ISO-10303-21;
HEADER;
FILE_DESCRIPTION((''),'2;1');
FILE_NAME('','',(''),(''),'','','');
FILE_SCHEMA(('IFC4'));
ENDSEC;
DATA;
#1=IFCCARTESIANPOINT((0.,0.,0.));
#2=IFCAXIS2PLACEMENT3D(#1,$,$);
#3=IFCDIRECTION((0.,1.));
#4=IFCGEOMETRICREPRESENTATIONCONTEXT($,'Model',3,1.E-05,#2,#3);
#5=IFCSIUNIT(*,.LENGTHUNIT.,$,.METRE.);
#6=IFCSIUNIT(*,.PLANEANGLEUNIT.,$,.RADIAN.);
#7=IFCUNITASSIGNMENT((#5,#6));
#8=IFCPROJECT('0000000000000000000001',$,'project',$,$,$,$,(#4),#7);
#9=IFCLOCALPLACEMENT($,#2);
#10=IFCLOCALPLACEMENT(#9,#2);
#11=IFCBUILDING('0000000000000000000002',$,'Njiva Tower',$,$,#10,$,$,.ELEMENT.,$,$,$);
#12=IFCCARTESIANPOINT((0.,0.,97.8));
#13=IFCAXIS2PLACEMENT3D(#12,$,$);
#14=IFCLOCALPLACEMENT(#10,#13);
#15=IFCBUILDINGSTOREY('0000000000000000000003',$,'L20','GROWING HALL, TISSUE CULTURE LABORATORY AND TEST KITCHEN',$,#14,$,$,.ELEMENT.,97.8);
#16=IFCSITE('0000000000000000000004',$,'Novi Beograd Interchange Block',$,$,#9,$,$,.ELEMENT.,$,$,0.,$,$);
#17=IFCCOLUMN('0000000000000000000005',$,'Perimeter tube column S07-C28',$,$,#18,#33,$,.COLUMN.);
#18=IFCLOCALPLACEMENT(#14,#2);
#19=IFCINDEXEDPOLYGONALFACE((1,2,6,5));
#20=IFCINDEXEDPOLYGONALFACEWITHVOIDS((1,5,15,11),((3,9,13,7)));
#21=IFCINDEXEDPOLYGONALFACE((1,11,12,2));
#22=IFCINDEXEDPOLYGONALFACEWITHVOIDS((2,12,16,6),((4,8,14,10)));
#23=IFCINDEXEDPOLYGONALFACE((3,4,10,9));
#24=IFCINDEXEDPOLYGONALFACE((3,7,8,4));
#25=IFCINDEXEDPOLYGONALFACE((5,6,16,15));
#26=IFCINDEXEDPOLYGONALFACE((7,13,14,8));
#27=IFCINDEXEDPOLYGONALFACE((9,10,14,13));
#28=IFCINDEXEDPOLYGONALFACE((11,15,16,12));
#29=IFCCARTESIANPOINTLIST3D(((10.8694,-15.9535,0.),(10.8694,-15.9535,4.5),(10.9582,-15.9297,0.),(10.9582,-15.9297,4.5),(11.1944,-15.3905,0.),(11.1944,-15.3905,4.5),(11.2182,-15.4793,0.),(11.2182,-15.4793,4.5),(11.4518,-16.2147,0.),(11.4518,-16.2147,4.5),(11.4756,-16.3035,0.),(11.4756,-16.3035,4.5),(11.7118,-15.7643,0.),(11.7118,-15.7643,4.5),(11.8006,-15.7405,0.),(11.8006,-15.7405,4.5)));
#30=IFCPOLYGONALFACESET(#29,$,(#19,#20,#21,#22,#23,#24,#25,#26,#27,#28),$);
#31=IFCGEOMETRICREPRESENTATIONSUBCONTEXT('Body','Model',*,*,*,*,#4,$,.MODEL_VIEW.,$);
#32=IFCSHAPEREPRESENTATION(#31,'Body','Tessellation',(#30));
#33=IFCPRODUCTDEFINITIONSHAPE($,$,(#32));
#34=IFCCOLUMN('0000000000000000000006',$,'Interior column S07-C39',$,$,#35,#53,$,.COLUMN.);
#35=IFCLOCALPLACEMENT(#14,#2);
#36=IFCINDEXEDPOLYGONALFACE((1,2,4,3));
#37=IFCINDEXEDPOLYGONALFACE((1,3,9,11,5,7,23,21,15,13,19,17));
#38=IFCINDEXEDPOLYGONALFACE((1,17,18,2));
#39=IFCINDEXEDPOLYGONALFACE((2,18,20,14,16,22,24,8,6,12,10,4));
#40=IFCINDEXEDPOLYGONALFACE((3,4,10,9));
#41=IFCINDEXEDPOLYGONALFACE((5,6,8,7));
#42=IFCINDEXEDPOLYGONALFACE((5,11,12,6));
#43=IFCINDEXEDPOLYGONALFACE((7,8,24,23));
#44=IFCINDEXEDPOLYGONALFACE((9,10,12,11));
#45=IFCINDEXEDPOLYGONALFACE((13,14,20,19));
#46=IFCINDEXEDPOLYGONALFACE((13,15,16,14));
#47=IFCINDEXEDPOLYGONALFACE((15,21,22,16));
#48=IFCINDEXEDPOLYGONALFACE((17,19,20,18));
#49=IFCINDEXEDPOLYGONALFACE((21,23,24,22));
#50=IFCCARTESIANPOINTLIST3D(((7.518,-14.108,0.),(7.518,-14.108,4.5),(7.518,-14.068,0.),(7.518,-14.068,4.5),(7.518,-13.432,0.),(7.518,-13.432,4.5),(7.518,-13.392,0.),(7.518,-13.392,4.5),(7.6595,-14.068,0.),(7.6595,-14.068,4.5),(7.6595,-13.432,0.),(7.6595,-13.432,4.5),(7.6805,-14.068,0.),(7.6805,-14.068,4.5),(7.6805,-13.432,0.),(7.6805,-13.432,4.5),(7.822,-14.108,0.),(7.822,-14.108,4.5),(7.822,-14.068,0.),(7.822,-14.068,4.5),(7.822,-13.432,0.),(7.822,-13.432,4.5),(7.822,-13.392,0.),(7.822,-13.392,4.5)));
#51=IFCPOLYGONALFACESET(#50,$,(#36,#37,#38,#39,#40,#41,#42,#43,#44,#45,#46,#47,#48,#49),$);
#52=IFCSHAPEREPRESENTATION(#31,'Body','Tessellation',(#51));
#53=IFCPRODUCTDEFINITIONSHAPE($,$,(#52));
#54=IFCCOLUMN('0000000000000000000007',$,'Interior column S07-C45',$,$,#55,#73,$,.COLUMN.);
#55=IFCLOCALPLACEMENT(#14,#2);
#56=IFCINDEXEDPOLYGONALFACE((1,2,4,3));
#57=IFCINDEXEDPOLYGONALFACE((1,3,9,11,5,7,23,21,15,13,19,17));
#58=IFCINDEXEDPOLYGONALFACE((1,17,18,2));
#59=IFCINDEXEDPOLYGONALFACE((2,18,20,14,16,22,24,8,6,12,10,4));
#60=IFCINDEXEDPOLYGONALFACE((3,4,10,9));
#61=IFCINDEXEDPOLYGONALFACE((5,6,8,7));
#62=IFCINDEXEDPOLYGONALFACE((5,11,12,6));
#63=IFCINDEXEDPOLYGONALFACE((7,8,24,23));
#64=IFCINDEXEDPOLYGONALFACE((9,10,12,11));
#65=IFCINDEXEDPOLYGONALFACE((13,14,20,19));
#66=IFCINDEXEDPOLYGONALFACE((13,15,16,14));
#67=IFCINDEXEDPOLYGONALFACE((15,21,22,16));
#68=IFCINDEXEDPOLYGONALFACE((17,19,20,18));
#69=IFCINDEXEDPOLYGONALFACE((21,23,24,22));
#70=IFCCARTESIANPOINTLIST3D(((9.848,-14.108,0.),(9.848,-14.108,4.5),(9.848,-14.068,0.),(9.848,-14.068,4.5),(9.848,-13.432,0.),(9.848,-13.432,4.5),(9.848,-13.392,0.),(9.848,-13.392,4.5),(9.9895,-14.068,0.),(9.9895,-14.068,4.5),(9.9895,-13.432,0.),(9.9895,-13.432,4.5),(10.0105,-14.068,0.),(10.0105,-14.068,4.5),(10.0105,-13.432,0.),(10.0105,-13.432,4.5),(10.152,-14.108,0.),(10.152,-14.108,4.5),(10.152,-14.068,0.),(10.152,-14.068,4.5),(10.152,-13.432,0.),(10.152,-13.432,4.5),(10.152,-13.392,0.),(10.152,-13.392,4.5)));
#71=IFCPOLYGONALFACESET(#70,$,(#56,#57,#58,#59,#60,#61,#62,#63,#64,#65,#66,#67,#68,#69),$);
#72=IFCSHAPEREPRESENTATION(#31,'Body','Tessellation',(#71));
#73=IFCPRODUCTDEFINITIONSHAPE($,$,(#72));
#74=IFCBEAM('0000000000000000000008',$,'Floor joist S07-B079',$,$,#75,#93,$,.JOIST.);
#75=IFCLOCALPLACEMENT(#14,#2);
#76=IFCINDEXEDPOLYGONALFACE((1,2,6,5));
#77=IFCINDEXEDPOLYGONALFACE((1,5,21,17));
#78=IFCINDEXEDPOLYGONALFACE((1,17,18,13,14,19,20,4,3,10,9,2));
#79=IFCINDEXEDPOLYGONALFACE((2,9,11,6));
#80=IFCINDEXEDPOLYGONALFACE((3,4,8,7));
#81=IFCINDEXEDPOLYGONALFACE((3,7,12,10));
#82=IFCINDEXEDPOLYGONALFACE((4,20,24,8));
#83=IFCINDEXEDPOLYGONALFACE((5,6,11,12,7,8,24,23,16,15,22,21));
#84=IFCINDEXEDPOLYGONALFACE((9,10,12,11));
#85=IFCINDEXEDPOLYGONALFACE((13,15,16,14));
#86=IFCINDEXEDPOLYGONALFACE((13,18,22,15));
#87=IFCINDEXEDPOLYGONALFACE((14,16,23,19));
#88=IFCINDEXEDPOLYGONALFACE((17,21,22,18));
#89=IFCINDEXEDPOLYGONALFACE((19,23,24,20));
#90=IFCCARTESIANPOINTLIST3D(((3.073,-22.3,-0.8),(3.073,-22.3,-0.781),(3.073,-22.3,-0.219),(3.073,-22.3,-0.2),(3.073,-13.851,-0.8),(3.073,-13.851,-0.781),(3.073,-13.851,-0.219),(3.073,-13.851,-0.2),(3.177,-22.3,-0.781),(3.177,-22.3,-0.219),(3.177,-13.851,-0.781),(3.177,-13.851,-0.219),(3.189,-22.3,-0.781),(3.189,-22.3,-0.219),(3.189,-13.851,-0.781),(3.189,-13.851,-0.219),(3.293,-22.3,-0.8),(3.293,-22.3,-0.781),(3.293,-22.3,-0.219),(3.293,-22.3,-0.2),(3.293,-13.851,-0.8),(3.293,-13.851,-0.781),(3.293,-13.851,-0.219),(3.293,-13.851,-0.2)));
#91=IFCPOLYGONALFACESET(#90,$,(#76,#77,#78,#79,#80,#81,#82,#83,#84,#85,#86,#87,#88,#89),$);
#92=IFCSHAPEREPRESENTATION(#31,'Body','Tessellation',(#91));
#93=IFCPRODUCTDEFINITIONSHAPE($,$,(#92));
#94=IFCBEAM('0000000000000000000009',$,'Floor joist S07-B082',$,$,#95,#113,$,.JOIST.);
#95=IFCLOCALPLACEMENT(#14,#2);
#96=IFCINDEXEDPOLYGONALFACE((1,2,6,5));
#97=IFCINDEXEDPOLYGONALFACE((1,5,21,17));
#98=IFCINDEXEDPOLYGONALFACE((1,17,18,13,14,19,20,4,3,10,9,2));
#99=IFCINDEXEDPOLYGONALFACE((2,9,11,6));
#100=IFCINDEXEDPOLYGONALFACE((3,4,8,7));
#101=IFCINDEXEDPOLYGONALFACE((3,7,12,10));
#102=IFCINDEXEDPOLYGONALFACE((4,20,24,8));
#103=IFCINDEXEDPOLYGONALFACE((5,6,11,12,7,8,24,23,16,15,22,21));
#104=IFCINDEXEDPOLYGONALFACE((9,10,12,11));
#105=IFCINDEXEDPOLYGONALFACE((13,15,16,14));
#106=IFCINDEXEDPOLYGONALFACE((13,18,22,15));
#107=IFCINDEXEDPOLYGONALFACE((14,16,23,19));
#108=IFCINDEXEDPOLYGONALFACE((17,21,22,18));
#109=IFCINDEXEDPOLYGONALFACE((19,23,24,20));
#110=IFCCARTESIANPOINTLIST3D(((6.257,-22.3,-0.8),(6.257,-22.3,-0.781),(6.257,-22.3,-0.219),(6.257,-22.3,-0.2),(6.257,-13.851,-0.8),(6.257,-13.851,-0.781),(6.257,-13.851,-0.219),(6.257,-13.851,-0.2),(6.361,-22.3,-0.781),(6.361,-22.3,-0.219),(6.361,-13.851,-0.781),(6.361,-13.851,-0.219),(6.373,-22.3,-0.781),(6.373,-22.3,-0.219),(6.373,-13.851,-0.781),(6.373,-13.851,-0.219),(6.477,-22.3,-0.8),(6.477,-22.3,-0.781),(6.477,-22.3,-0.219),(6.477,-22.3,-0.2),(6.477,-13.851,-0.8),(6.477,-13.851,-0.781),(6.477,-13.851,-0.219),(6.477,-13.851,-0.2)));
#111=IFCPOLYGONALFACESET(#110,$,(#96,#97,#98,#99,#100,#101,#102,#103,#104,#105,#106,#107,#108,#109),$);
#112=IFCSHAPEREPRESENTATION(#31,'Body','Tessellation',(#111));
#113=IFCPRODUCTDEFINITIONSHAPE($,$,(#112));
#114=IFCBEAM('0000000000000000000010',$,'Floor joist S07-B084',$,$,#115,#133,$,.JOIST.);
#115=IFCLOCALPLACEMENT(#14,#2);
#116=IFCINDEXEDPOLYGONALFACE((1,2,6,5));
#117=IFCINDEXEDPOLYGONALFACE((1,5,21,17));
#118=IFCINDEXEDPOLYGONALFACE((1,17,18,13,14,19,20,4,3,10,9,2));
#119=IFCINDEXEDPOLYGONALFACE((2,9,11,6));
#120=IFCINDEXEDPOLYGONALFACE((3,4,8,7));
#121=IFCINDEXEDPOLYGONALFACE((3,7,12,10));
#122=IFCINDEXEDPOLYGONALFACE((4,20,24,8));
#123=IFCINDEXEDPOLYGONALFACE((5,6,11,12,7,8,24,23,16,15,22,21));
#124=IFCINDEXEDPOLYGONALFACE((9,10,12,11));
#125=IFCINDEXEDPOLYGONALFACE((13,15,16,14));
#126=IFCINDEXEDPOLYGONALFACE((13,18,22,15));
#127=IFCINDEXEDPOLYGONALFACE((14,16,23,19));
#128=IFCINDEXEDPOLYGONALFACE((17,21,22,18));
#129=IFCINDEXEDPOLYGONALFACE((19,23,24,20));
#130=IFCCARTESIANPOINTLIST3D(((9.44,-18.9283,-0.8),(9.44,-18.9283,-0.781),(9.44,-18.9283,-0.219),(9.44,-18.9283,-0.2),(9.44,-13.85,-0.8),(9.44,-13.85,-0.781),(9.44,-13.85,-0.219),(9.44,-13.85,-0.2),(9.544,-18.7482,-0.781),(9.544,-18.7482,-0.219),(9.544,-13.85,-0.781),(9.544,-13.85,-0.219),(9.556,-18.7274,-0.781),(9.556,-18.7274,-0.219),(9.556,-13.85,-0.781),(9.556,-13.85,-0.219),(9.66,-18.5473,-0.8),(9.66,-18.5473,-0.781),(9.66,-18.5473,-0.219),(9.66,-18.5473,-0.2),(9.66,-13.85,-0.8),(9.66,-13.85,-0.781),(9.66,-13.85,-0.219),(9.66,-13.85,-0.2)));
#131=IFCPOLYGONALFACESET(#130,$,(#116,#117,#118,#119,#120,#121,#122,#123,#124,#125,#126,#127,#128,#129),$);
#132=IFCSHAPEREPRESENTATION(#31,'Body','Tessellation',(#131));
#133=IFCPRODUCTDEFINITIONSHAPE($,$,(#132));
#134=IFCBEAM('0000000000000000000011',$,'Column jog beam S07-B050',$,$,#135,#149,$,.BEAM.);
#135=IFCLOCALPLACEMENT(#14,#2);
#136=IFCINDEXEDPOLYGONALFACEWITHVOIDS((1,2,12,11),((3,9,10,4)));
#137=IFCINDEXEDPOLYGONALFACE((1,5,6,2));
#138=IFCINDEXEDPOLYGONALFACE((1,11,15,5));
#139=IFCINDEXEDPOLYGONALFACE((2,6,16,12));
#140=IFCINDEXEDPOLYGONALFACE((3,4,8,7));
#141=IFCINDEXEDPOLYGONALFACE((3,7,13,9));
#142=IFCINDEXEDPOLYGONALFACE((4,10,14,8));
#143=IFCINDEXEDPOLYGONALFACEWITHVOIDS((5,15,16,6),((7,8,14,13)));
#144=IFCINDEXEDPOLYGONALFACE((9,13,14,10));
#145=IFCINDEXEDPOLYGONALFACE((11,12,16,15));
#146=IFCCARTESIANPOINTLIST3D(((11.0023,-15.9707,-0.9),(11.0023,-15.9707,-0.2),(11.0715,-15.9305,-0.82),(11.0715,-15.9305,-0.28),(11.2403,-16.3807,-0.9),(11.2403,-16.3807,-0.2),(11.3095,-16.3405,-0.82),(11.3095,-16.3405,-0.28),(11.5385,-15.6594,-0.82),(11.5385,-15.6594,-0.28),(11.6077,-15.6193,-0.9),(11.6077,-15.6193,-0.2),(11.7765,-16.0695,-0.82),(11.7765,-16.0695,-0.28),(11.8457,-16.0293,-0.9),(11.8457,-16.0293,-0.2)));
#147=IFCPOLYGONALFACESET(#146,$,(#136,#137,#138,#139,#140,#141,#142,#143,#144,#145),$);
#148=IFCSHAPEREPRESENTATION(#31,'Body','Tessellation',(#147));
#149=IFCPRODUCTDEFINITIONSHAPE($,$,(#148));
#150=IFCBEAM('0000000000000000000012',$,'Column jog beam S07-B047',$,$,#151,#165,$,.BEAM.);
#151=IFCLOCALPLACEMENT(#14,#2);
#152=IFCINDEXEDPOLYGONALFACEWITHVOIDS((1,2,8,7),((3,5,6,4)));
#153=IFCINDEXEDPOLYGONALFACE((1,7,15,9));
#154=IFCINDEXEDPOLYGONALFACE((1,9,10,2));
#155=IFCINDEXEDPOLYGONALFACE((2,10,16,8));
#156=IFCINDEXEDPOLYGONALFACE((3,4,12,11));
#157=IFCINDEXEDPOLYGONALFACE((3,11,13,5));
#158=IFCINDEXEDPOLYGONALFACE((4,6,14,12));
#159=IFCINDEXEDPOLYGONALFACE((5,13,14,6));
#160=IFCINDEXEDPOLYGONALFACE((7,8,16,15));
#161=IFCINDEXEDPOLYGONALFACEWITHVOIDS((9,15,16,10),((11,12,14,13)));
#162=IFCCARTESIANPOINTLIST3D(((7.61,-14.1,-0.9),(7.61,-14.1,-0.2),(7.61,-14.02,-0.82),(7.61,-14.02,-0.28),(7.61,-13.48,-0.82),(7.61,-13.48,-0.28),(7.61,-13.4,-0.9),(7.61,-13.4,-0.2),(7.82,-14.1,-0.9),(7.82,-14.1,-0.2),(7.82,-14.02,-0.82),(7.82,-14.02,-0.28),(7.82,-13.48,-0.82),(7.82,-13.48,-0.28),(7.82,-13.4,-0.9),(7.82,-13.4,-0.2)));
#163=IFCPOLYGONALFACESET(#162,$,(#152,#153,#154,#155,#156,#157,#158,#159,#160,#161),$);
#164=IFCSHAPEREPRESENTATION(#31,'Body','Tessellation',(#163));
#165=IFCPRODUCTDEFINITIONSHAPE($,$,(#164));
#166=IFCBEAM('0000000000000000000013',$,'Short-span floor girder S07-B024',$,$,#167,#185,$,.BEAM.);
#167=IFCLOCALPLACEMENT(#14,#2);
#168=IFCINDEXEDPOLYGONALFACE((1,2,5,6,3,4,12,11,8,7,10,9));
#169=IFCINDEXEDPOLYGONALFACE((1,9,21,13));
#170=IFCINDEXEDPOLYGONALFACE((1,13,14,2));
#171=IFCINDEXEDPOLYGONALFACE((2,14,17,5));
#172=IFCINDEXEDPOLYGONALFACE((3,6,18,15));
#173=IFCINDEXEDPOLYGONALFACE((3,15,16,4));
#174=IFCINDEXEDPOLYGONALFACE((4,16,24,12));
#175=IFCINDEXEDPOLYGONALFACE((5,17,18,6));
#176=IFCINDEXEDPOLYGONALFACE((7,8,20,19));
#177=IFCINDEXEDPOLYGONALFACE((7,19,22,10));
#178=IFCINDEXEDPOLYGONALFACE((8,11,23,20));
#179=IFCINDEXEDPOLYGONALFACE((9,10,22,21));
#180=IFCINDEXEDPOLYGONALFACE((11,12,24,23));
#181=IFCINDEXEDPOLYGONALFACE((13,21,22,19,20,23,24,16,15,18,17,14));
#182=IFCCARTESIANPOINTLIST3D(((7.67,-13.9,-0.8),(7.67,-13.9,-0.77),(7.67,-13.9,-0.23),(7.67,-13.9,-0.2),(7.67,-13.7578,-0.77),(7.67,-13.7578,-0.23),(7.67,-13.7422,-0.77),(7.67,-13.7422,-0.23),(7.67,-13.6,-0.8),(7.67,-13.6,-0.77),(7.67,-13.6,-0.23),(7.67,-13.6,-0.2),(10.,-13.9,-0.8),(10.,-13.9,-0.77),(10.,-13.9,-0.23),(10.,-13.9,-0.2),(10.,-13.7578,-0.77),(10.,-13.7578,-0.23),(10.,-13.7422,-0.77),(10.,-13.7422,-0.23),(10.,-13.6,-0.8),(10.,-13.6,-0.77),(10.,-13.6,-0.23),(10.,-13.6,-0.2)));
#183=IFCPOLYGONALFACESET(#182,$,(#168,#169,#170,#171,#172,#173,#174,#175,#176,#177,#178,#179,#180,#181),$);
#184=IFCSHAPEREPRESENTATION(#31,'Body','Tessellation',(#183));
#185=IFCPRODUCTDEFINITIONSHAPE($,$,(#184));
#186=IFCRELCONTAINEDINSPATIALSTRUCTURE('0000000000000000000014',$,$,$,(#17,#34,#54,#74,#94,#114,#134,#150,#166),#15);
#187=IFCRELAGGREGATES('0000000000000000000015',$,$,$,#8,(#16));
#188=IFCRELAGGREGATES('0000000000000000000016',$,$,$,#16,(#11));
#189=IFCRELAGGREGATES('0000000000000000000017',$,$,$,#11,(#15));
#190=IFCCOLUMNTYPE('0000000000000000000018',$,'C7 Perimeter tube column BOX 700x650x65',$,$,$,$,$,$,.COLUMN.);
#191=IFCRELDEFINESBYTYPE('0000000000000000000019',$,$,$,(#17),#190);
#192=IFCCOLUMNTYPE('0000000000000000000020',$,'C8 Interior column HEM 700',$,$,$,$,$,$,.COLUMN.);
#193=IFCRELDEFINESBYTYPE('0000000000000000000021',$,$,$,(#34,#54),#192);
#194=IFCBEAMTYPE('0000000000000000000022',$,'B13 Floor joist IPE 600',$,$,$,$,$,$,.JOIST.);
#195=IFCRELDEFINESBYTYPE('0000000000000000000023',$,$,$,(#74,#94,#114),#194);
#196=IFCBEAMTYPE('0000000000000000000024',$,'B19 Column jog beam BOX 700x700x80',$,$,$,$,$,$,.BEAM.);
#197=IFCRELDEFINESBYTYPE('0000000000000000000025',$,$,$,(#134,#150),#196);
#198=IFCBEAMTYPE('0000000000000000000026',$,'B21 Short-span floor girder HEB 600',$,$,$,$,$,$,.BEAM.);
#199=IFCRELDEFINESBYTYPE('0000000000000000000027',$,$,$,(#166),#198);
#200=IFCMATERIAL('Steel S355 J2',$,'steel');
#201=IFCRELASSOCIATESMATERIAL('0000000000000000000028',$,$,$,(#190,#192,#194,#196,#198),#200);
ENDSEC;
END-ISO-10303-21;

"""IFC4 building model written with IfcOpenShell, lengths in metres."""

from ifc_helpers import new_model, si_unit, direction, frame, origin, origin_2d, place, context, subcontext, project, spatial, hollow_rectangle, i_section, extrude, clip, halfspace, material, material_profile, profile_set, type_object, element, save


model = new_model("IFC4")

# Units and contexts
model_context = context("Model", 3, precision=1e-05, world=origin(), true_north=direction((0.0, 1.0)))
body_context = subcontext(model_context, "Body", "Model", "MODEL_VIEW")
ifc_project = project(units=[si_unit("LENGTHUNIT", "METRE"), si_unit("PLANEANGLEUNIT", "RADIAN")], contexts=[model_context])

# Site, building, storey
site_placement = place(None, origin())
site = spatial("IfcSite", under=ifc_project, at=site_placement, Name="Novi Beograd Interchange Block", CompositionType="ELEMENT", RefElevation=0.0)
building_placement = place(site_placement, origin())
building = spatial("IfcBuilding", under=site, at=building_placement, Name="Njiva Tower", CompositionType="ELEMENT")
storey_placement = place(building_placement, frame((0.0, 0.0, 97.8)))
storey = spatial("IfcBuildingStorey", under=building, at=storey_placement, Name="L20", Description="GROWING HALL, TISSUE CULTURE LABORATORY AND TEST KITCHEN", CompositionType="ELEMENT", Elevation=97.8)

# Columns
ifc_material_1 = material(Name="Steel S355 J2", Category="steel")
ifc_material_profile_1 = material_profile(ifc_material_1, hollow_rectangle(XDim=0.65, YDim=0.7, WallThickness=0.065, at=origin_2d()), Name="BOX 700x650x65")
ifc_profile_set_1 = profile_set([ifc_material_profile_1], Name="Steel S355 J2")
column_type_1 = type_object("IfcColumnType", Name="C7 Perimeter tube column BOX 700x650x65", PredefinedType="COLUMN", material=ifc_profile_set_1)
column_placement = place(storey_placement, frame((11.335, -15.847, 0.0), z_axis=(0.0, 0.0, 1.0), x_axis=(0.5, 0.866025, 0.0)))
element("IfcColumn", 1, at=column_placement, inside=storey, type_object=column_type_1, Name="Perimeter tube column S07-C28", PredefinedType="COLUMN", context=body_context, shape_type="SweptSolid", body=[
    extrude(hollow_rectangle(XDim=0.65, YDim=0.7, WallThickness=0.065, at=origin_2d()), origin(), (0.0, 0.0, 1.0), 4.5),
])
ifc_material_profile_2 = material_profile(ifc_material_1, i_section(OverallWidth=0.304, OverallDepth=0.716, WebThickness=0.021, FlangeThickness=0.04, at=origin_2d()), Name="HEM 700")
ifc_profile_set_2 = profile_set([ifc_material_profile_2], Name="Steel S355 J2")
column_type_2 = type_object("IfcColumnType", Name="C8 Interior column HEM 700", PredefinedType="COLUMN", material=ifc_profile_set_2)
for number, where, z_axis, x_axis, name in (
    (2, (7.67, -13.75, 0.0), (0.0, 0.0, 1.0), (1.0, 0.0, 0.0), "Interior column S07-C39"),
    (3, (10.0, -13.75, 0.0), (0.0, 0.0, 1.0), (1.0, 0.0, 0.0), "Interior column S07-C45"),
):
    element("IfcColumn", number, at=place(storey_placement, frame(where, z_axis=z_axis, x_axis=x_axis)), inside=storey, type_object=column_type_2, Name=name, PredefinedType="COLUMN", context=body_context, shape_type="SweptSolid", body=[
        extrude(i_section(OverallWidth=0.304, OverallDepth=0.716, WebThickness=0.021, FlangeThickness=0.04, at=origin_2d()), origin(), (0.0, 0.0, 1.0), 4.5),
    ])

# Beams
ifc_material_profile_3 = material_profile(ifc_material_1, i_section(OverallWidth=0.22, OverallDepth=0.6, WebThickness=0.012, FlangeThickness=0.019, at=origin_2d()), Name="IPE 600")
ifc_profile_set_3 = profile_set([ifc_material_profile_3], Name="Steel S355 J2")
beam_type_1 = type_object("IfcBeamType", Name="B13 Floor joist IPE 600", PredefinedType="JOIST", material=ifc_profile_set_3)
for number, where, z_axis, x_axis, name in (
    (4, (3.183, -13.851, -0.5), (0.0, -1.0, 0.0), (1.0, 0.0, 0.0), "Floor joist S07-B079"),
    (5, (6.367, -13.851, -0.5), (0.0, -1.0, 0.0), (1.0, 0.0, 0.0), "Floor joist S07-B082"),
):
    element("IfcBeam", number, at=place(storey_placement, frame(where, z_axis=z_axis, x_axis=x_axis)), inside=storey, type_object=beam_type_1, Name=name, PredefinedType="JOIST", context=body_context, shape_type="SweptSolid", body=[
        extrude(i_section(OverallWidth=0.22, OverallDepth=0.6, WebThickness=0.012, FlangeThickness=0.019, at=origin_2d()), origin(), (0.0, 0.0, 1.0), 8.449),
    ])
beam_1_placement = place(storey_placement, frame((9.55, -13.85, -0.5), z_axis=(0.0, -1.0, 0.0), x_axis=(1.0, 0.0, 0.0)))
element("IfcBeam", 6, at=beam_1_placement, inside=storey, type_object=beam_type_1, Name="Floor joist S07-B084", PredefinedType="JOIST", context=body_context, shape_type="Clipping", body=[
    clip(extrude(i_section(OverallWidth=0.22, OverallDepth=0.6, WebThickness=0.012, FlangeThickness=0.019, at=origin_2d()), origin(), (0.0, 0.0, 1.0), 5.099), halfspace(frame((0.0433, 0.0, 4.8128), z_axis=(0.866027, 0.0, 0.499998), x_axis=(0.0, 1.0, 0.0)), False)),
])
ifc_material_profile_4 = material_profile(ifc_material_1, hollow_rectangle(XDim=0.7, YDim=0.7, WallThickness=0.08, at=origin_2d()), Name="BOX 700x700x80")
ifc_profile_set_4 = profile_set([ifc_material_profile_4], Name="Steel S355 J2")
beam_type_2 = type_object("IfcBeamType", Name="B19 Column jog beam BOX 700x700x80", PredefinedType="BEAM", material=ifc_profile_set_4)
beam_2_placement = place(storey_placement, frame((11.543, -16.205, -0.55), z_axis=(-0.502034, 0.864848, 0.0), x_axis=(-0.864848, -0.502034, 0.0)))
element("IfcBeam", 7, at=beam_2_placement, inside=storey, type_object=beam_type_2, Name="Column jog beam S07-B050", PredefinedType="BEAM", context=body_context, shape_type="SweptSolid", body=[
    extrude(hollow_rectangle(XDim=0.7, YDim=0.7, WallThickness=0.08, at=origin_2d()), origin(), (0.0, 0.0, 1.0), 0.4741),
])
beam_3_placement = place(storey_placement, frame((7.82, -13.75, -0.55), z_axis=(-1.0, 0.0, 0.0), x_axis=(0.0, -1.0, 0.0)))
element("IfcBeam", 8, at=beam_3_placement, inside=storey, type_object=beam_type_2, Name="Column jog beam S07-B047", PredefinedType="BEAM", context=body_context, shape_type="SweptSolid", body=[
    extrude(hollow_rectangle(XDim=0.7, YDim=0.7, WallThickness=0.08, at=origin_2d()), origin(), (0.0, 0.0, 1.0), 0.21),
])
ifc_material_profile_5 = material_profile(ifc_material_1, i_section(OverallWidth=0.3, OverallDepth=0.6, WebThickness=0.0155, FlangeThickness=0.03, at=origin_2d()), Name="HEB 600")
ifc_profile_set_5 = profile_set([ifc_material_profile_5], Name="Steel S355 J2")
beam_type_3 = type_object("IfcBeamType", Name="B21 Short-span floor girder HEB 600", PredefinedType="BEAM", material=ifc_profile_set_5)
beam_4_placement = place(storey_placement, frame((7.67, -13.75, -0.5), z_axis=(1.0, 0.0, 0.0), x_axis=(0.0, 1.0, 0.0)))
element("IfcBeam", 9, at=beam_4_placement, inside=storey, type_object=beam_type_3, Name="Short-span floor girder S07-B024", PredefinedType="BEAM", context=body_context, shape_type="SweptSolid", body=[
    extrude(i_section(OverallWidth=0.3, OverallDepth=0.6, WebThickness=0.0155, FlangeThickness=0.03, at=origin_2d()), origin(), (0.0, 0.0, 1.0), 2.33),
])

save(model, "model.ifc")
